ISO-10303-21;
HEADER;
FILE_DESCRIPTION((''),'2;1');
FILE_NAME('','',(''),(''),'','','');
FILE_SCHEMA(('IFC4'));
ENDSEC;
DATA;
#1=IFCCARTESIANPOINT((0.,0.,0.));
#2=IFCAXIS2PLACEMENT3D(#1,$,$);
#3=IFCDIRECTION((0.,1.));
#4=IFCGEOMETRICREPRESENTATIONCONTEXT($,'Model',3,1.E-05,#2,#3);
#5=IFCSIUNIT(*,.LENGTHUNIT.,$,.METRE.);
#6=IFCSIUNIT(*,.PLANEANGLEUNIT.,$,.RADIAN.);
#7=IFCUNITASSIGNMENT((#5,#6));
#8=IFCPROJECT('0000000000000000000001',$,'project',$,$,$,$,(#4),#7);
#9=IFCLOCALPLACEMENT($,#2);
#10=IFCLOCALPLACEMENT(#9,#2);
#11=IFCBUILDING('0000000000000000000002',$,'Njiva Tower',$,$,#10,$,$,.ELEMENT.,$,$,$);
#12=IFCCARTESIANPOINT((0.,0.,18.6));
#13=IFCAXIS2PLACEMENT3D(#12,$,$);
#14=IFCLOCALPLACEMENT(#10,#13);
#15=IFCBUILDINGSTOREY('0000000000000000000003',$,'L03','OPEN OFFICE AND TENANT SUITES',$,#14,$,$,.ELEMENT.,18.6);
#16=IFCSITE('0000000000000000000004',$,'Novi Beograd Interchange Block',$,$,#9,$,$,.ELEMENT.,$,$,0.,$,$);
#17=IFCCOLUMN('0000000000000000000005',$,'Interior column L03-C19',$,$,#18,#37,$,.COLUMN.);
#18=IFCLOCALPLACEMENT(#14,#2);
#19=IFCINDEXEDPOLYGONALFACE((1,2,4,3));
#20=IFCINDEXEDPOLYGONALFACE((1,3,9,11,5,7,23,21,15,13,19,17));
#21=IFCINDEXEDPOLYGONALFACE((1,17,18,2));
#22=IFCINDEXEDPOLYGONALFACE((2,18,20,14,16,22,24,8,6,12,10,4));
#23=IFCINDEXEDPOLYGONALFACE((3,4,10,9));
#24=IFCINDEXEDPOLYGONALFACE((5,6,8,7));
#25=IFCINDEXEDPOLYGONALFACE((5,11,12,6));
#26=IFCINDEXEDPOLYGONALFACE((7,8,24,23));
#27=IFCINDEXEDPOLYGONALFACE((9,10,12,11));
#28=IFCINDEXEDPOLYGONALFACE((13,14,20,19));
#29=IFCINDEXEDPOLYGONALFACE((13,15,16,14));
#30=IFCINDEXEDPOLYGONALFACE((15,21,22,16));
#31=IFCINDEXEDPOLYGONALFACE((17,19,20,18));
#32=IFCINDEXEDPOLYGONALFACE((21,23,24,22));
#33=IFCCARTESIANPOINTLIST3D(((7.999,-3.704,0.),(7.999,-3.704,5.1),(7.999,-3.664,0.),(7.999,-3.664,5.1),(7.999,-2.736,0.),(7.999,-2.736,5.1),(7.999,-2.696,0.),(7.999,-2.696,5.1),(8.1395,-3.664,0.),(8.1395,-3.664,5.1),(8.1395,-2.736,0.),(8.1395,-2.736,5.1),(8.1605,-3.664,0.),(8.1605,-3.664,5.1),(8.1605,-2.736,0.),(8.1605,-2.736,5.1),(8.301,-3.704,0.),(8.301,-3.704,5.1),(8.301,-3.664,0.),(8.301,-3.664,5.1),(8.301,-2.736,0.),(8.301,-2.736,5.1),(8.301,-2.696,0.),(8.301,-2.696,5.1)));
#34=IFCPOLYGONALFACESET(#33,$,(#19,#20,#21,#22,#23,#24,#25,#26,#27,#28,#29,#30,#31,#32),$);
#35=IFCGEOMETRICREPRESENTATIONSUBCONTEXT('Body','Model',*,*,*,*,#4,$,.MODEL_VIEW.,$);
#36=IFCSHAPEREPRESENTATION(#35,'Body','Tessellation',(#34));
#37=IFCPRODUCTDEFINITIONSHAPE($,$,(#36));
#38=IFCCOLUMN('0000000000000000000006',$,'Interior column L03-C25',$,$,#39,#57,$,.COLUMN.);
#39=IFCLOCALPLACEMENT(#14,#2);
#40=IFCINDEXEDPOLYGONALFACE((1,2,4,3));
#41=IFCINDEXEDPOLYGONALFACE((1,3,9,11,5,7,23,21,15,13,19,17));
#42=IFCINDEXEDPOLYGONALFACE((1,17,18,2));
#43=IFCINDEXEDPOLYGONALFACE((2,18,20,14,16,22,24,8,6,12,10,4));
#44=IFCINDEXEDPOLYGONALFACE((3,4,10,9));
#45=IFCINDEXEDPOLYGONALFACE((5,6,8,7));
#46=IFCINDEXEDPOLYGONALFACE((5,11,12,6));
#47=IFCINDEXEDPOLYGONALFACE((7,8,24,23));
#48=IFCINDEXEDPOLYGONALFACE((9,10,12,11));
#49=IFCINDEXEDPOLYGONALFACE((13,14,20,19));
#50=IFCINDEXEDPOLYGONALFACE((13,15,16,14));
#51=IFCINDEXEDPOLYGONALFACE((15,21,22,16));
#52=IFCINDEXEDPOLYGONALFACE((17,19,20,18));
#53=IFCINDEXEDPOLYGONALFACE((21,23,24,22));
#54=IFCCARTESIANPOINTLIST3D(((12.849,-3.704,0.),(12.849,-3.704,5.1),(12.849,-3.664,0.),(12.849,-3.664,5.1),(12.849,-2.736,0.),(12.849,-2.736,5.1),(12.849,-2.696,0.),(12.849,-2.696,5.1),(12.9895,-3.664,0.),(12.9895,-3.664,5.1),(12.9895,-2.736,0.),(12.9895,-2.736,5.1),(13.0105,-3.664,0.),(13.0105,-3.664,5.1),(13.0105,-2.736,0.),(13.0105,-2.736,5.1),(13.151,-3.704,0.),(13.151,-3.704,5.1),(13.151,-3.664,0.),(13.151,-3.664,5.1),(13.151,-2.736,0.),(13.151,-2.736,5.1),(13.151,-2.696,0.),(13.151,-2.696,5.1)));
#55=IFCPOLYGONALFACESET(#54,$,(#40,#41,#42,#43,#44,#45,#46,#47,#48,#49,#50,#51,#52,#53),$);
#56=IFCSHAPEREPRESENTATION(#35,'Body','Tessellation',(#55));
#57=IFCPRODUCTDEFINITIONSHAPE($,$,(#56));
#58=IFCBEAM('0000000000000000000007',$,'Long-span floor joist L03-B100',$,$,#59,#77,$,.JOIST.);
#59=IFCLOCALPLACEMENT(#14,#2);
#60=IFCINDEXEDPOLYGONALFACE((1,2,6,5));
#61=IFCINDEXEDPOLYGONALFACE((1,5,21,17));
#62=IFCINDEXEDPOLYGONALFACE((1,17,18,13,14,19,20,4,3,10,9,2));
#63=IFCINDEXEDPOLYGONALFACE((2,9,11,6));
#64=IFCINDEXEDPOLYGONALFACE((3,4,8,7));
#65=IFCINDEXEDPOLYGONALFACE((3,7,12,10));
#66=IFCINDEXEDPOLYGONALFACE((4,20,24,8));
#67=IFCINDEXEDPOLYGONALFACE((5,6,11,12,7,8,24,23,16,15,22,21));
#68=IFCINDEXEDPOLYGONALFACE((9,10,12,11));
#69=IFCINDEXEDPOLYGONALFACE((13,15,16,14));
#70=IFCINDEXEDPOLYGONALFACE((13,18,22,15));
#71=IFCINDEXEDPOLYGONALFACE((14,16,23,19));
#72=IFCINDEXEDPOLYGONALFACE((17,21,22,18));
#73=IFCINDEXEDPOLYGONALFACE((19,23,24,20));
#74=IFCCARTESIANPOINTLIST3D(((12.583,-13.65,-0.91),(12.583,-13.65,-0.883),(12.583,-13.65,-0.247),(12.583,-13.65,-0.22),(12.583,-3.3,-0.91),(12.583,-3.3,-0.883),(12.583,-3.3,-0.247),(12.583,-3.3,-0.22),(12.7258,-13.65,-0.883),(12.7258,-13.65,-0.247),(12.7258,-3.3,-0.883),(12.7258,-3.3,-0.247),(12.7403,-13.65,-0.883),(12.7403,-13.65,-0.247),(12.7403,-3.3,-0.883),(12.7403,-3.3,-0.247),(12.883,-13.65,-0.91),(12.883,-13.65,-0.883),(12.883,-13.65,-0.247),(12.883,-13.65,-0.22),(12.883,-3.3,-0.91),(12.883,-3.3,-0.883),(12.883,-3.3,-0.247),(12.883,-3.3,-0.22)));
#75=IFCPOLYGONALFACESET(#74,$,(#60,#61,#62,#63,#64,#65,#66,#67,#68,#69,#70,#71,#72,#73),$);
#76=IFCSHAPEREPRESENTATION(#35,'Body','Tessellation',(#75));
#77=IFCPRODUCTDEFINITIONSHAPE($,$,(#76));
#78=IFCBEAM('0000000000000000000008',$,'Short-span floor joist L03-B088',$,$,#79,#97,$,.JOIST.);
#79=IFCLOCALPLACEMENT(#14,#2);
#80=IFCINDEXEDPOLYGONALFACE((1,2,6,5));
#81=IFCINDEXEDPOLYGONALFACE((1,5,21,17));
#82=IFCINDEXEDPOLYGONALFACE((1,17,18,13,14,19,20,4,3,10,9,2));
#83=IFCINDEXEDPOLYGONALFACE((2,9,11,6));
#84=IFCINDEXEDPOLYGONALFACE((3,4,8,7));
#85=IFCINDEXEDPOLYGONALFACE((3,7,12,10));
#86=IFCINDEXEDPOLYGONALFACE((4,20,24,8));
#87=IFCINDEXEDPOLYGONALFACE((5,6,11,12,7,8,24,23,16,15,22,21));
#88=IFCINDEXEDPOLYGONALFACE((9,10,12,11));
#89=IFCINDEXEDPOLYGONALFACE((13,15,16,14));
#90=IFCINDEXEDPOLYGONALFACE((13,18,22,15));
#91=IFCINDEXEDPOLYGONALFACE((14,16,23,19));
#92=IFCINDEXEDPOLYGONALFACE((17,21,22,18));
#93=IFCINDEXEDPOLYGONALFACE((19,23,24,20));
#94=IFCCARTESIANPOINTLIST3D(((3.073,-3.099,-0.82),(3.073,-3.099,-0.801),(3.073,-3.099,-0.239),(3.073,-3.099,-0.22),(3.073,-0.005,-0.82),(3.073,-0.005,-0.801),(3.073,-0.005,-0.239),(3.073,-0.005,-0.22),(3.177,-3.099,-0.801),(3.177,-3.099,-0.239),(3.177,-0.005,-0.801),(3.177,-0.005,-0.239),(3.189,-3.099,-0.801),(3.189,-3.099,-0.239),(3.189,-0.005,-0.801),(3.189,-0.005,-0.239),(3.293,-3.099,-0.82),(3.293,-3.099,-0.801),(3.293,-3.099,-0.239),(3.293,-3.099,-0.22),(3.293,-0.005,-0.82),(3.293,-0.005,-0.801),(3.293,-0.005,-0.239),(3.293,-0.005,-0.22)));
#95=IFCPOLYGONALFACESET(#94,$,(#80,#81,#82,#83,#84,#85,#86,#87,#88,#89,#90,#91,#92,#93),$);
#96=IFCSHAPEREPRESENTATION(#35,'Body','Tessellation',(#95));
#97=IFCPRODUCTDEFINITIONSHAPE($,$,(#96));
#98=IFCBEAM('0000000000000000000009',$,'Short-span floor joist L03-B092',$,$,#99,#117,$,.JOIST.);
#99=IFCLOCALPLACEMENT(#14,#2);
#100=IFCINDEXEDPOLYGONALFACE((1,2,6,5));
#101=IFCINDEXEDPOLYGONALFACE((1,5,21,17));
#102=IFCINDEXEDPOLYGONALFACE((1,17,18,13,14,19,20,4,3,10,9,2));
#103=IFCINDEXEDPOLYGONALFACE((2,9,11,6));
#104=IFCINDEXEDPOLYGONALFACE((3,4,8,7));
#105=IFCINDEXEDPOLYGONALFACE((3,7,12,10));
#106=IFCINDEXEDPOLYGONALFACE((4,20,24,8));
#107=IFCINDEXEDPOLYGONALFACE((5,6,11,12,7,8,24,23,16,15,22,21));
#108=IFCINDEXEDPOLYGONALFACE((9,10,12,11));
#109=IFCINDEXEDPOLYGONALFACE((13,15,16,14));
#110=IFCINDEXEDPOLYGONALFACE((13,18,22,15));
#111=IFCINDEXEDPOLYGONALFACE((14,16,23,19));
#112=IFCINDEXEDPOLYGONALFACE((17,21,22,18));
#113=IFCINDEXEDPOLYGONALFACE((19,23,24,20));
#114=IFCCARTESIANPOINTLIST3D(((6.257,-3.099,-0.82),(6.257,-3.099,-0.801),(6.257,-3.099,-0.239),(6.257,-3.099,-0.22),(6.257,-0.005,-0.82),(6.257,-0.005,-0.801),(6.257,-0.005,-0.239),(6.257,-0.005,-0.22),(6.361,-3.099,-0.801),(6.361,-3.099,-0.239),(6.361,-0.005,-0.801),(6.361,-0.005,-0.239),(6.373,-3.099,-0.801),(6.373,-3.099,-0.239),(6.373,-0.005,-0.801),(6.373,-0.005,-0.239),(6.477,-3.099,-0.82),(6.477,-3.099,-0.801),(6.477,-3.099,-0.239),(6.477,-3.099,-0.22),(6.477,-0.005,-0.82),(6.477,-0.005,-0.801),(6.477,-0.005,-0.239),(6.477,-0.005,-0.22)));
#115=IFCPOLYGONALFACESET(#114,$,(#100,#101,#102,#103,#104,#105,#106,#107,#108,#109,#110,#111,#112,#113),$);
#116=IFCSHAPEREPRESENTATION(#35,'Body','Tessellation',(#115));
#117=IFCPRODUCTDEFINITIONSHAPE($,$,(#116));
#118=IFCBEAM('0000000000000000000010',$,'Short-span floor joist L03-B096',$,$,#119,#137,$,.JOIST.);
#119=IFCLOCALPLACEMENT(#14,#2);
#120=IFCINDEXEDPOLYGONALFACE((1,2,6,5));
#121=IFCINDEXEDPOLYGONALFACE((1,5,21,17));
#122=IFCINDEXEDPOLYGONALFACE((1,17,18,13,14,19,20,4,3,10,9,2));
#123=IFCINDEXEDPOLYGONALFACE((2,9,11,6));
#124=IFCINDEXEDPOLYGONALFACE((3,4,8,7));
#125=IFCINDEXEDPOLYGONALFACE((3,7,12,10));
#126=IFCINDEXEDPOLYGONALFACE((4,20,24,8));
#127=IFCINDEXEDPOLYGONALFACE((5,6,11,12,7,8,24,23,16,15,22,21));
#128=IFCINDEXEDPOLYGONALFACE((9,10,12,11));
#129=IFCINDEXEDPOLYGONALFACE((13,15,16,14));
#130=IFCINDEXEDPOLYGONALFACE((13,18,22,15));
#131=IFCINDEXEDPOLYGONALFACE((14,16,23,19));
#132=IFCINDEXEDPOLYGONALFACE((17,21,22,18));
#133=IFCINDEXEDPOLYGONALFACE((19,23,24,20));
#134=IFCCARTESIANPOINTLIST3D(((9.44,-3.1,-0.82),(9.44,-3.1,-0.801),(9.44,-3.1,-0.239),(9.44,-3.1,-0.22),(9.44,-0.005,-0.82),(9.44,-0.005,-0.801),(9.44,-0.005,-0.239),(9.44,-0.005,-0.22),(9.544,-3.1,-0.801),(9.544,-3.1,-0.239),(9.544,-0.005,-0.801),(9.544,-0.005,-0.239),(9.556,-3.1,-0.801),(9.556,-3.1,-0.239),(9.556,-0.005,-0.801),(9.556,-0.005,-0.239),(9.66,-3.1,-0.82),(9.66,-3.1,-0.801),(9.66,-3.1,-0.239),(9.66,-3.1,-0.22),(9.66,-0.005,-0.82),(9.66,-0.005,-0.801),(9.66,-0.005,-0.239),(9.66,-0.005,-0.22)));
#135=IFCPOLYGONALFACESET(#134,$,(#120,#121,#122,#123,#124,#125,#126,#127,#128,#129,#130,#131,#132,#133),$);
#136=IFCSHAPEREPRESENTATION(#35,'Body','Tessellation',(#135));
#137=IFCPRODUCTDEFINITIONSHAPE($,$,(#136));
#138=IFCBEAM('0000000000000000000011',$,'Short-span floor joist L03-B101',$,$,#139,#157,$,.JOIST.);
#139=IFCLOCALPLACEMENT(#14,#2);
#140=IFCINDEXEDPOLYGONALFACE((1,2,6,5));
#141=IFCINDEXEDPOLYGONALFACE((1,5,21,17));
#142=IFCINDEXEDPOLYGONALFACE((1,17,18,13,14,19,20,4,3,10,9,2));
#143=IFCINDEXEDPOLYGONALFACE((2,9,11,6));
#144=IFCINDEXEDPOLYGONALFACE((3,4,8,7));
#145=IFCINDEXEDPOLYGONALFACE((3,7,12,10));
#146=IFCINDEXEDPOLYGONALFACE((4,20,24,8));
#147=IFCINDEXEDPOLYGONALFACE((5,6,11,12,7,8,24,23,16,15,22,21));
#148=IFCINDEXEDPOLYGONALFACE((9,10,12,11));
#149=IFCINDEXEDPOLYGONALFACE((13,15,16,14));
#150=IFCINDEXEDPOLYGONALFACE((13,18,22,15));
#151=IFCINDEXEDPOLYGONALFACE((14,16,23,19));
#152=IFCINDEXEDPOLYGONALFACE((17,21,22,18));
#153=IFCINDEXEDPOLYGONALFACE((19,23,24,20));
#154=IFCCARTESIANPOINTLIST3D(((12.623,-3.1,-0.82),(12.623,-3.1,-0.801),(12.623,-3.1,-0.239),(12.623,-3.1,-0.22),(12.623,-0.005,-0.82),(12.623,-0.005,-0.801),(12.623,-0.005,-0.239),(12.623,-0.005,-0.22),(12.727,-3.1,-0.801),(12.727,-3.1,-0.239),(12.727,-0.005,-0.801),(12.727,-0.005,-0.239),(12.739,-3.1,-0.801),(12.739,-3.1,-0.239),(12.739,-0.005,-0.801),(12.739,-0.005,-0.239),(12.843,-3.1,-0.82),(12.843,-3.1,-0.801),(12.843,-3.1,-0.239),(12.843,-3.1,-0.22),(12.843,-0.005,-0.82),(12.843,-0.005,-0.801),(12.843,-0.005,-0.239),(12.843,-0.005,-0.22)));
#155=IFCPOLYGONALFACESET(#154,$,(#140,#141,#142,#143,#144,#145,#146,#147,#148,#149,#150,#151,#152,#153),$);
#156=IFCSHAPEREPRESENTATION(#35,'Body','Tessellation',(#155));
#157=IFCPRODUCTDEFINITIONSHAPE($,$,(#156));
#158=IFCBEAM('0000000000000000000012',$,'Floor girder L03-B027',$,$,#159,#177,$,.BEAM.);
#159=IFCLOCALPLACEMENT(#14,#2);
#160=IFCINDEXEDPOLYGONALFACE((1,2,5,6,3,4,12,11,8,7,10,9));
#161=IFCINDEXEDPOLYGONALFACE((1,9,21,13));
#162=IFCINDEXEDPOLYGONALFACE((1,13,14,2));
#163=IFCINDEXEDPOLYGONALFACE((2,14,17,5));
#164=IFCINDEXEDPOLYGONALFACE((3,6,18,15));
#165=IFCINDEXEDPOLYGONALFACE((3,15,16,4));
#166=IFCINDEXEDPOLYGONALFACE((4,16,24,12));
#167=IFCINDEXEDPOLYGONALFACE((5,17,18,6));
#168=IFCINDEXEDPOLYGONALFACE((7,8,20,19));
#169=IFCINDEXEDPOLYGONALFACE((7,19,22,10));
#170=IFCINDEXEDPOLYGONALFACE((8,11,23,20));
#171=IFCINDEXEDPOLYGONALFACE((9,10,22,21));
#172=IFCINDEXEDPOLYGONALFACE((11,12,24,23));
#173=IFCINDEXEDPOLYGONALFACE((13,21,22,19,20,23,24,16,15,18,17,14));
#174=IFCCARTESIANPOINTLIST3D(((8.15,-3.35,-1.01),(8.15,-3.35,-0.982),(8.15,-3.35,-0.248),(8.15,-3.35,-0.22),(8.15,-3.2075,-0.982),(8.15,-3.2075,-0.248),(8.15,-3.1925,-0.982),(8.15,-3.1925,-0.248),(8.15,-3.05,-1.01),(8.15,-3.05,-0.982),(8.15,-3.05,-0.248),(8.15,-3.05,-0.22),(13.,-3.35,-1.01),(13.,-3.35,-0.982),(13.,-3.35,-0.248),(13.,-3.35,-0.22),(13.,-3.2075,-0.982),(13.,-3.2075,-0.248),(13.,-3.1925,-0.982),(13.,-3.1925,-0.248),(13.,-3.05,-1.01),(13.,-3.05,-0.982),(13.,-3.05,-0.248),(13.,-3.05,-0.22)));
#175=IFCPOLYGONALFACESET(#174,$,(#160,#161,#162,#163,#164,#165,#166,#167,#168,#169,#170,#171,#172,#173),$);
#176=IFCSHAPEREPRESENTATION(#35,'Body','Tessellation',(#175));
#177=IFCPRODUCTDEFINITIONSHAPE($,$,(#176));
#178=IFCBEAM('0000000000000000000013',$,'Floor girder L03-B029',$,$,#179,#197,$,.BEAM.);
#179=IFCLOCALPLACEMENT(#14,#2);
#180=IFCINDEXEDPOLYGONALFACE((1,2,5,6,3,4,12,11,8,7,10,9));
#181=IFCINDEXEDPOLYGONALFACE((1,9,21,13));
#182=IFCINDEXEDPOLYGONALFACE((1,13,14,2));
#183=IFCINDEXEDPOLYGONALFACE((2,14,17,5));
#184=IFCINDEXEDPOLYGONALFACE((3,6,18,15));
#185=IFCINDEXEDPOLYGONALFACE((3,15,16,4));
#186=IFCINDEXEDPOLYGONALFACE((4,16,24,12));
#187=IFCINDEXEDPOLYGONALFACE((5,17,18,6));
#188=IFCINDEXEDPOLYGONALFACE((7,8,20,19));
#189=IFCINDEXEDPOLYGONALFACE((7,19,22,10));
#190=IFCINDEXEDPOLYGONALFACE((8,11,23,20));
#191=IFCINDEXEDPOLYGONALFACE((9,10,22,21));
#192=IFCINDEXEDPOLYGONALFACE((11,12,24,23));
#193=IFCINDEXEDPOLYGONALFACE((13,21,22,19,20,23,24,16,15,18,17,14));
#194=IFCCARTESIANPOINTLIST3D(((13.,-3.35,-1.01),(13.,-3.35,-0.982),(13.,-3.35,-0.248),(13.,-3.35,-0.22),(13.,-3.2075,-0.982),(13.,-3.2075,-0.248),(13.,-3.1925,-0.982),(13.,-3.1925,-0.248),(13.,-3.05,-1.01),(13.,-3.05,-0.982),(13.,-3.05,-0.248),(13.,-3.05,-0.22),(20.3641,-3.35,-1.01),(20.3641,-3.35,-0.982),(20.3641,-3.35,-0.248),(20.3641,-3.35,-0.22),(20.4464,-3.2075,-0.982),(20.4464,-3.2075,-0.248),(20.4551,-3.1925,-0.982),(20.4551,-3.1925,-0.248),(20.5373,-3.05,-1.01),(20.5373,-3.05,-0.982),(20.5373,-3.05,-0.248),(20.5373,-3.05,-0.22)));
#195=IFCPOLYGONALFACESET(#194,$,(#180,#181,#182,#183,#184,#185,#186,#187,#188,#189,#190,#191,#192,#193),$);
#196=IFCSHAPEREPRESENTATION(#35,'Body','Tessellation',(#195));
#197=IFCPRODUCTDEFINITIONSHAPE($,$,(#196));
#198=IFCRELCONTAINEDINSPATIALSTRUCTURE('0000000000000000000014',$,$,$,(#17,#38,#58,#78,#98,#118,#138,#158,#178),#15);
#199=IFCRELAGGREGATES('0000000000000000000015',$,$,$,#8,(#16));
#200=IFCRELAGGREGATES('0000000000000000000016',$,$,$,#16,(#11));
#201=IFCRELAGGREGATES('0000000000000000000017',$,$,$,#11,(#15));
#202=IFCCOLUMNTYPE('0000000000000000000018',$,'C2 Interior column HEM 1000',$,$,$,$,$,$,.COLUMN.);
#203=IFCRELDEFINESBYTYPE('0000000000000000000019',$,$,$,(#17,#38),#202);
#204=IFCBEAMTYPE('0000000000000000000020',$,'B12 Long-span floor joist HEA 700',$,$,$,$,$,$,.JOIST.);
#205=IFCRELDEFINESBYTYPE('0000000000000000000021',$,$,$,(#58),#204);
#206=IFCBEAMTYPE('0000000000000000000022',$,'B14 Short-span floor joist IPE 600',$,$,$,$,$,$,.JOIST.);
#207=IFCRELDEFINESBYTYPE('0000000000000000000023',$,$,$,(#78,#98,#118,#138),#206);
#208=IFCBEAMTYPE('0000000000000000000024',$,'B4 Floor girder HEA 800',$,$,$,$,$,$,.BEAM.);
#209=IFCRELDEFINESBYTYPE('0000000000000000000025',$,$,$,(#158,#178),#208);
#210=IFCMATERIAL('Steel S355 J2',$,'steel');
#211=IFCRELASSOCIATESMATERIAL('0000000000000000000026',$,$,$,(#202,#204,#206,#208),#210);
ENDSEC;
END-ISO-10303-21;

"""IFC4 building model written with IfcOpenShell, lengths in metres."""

from ifc_helpers import new_model, si_unit, direction, frame, origin, origin_2d, place, context, subcontext, project, spatial, i_section, extrude, clip, halfspace, material, material_profile, profile_set, type_object, element, save


model = new_model("IFC4")

# Units and contexts
model_context = context("Model", 3, precision=1e-05, world=origin(), true_north=direction((0.0, 1.0)))
body_context = subcontext(model_context, "Body", "Model", "MODEL_VIEW")
ifc_project = project(units=[si_unit("LENGTHUNIT", "METRE"), si_unit("PLANEANGLEUNIT", "RADIAN")], contexts=[model_context])

# Site, building, storey
site_placement = place(None, origin())
site = spatial("IfcSite", under=ifc_project, at=site_placement, Name="Novi Beograd Interchange Block", CompositionType="ELEMENT", RefElevation=0.0)
building_placement = place(site_placement, origin())
building = spatial("IfcBuilding", under=site, at=building_placement, Name="Njiva Tower", CompositionType="ELEMENT")
storey_placement = place(building_placement, frame((0.0, 0.0, 18.6)))
storey = spatial("IfcBuildingStorey", under=building, at=storey_placement, Name="L03", Description="OPEN OFFICE AND TENANT SUITES", CompositionType="ELEMENT", Elevation=18.6)

# Columns
ifc_material_1 = material(Name="Steel S355 J2", Category="steel")
ifc_material_profile_1 = material_profile(ifc_material_1, i_section(OverallWidth=0.302, OverallDepth=1.008, WebThickness=0.021, FlangeThickness=0.04, at=origin_2d()), Name="HEM 1000")
ifc_profile_set_1 = profile_set([ifc_material_profile_1], Name="Steel S355 J2")
column_type = type_object("IfcColumnType", Name="C2 Interior column HEM 1000", PredefinedType="COLUMN", material=ifc_profile_set_1)
for number, where, z_axis, x_axis, name in (
    (1, (8.15, -3.2, 0.0), (0.0, 0.0, 1.0), (1.0, 0.0, 0.0), "Interior column L03-C19"),
    (2, (13.0, -3.2, 0.0), (0.0, 0.0, 1.0), (1.0, 0.0, 0.0), "Interior column L03-C25"),
):
    element("IfcColumn", number, at=place(storey_placement, frame(where, z_axis=z_axis, x_axis=x_axis)), inside=storey, type_object=column_type, Name=name, PredefinedType="COLUMN", context=body_context, shape_type="SweptSolid", body=[
        extrude(i_section(OverallWidth=0.302, OverallDepth=1.008, WebThickness=0.021, FlangeThickness=0.04, at=origin_2d()), origin(), (0.0, 0.0, 1.0), 5.1),
    ])

# Beams
ifc_material_profile_2 = material_profile(ifc_material_1, i_section(OverallWidth=0.3, OverallDepth=0.69, WebThickness=0.0145, FlangeThickness=0.027, at=origin_2d()), Name="HEA 700")
ifc_profile_set_2 = profile_set([ifc_material_profile_2], Name="Steel S355 J2")
beam_type_1 = type_object("IfcBeamType", Name="B12 Long-span floor joist HEA 700", PredefinedType="JOIST", material=ifc_profile_set_2)
beam_1_placement = place(storey_placement, frame((12.733, -3.3, -0.565), z_axis=(0.0, -1.0, 0.0), x_axis=(1.0, 0.0, 0.0)))
element("IfcBeam", 3, at=beam_1_placement, inside=storey, type_object=beam_type_1, Name="Long-span floor joist L03-B100", PredefinedType="JOIST", context=body_context, shape_type="SweptSolid", body=[
    extrude(i_section(OverallWidth=0.3, OverallDepth=0.69, WebThickness=0.0145, FlangeThickness=0.027, at=origin_2d()), origin(), (0.0, 0.0, 1.0), 10.35),
])
ifc_material_profile_3 = material_profile(ifc_material_1, i_section(OverallWidth=0.22, OverallDepth=0.6, WebThickness=0.012, FlangeThickness=0.019, at=origin_2d()), Name="IPE 600")
ifc_profile_set_3 = profile_set([ifc_material_profile_3], Name="Steel S355 J2")
beam_type_2 = type_object("IfcBeamType", Name="B14 Short-span floor joist IPE 600", PredefinedType="JOIST", material=ifc_profile_set_3)
for number, where, z_axis, x_axis, name in (
    (4, (3.183, -0.005, -0.52), (0.0, -1.0, 0.0), (1.0, 0.0, 0.0), "Short-span floor joist L03-B088"),
    (5, (6.367, -0.005, -0.52), (0.0, -1.0, 0.0), (1.0, 0.0, 0.0), "Short-span floor joist L03-B092"),
):
    element("IfcBeam", number, at=place(storey_placement, frame(where, z_axis=z_axis, x_axis=x_axis)), inside=storey, type_object=beam_type_2, Name=name, PredefinedType="JOIST", context=body_context, shape_type="SweptSolid", body=[
        extrude(i_section(OverallWidth=0.22, OverallDepth=0.6, WebThickness=0.012, FlangeThickness=0.019, at=origin_2d()), origin(), (0.0, 0.0, 1.0), 3.094),
    ])
for number, where, z_axis, x_axis, name in (
    (6, (9.55, -0.005, -0.52), (0.0, -1.0, 0.0), (1.0, 0.0, 0.0), "Short-span floor joist L03-B096"),
    (7, (12.733, -0.005, -0.52), (0.0, -1.0, 0.0), (1.0, 0.0, 0.0), "Short-span floor joist L03-B101"),
):
    element("IfcBeam", number, at=place(storey_placement, frame(where, z_axis=z_axis, x_axis=x_axis)), inside=storey, type_object=beam_type_2, Name=name, PredefinedType="JOIST", context=body_context, shape_type="SweptSolid", body=[
        extrude(i_section(OverallWidth=0.22, OverallDepth=0.6, WebThickness=0.012, FlangeThickness=0.019, at=origin_2d()), origin(), (0.0, 0.0, 1.0), 3.095),
    ])
ifc_material_profile_4 = material_profile(ifc_material_1, i_section(OverallWidth=0.3, OverallDepth=0.79, WebThickness=0.015, FlangeThickness=0.028, at=origin_2d()), Name="HEA 800")
ifc_profile_set_4 = profile_set([ifc_material_profile_4], Name="Steel S355 J2")
beam_type_3 = type_object("IfcBeamType", Name="B4 Floor girder HEA 800", PredefinedType="BEAM", material=ifc_profile_set_4)
beam_2_placement = place(storey_placement, frame((8.15, -3.2, -0.615), z_axis=(1.0, 0.0, 0.0), x_axis=(0.0, 1.0, 0.0)))
element("IfcBeam", 8, at=beam_2_placement, inside=storey, type_object=beam_type_3, Name="Floor girder L03-B027", PredefinedType="BEAM", context=body_context, shape_type="SweptSolid", body=[
    extrude(i_section(OverallWidth=0.3, OverallDepth=0.79, WebThickness=0.015, FlangeThickness=0.028, at=origin_2d()), origin(), (0.0, 0.0, 1.0), 4.85),
])
beam_3_placement = place(storey_placement, frame((13.0, -3.2, -0.615), z_axis=(1.0, 0.0, 0.0), x_axis=(0.0, 1.0, 0.0)))
element("IfcBeam", 9, at=beam_3_placement, inside=storey, type_object=beam_type_3, Name="Floor girder L03-B029", PredefinedType="BEAM", context=body_context, shape_type="Clipping", body=[
    clip(extrude(i_section(OverallWidth=0.3, OverallDepth=0.79, WebThickness=0.015, FlangeThickness=0.028, at=origin_2d()), origin(), (0.0, 0.0, 1.0), 7.558), halfspace(frame((-0.025, 0.0, 7.4363), z_axis=(-0.499998, 0.0, 0.866027), x_axis=(0.0, 1.0, 0.0)), False)),
])

save(model, "model.ifc")
